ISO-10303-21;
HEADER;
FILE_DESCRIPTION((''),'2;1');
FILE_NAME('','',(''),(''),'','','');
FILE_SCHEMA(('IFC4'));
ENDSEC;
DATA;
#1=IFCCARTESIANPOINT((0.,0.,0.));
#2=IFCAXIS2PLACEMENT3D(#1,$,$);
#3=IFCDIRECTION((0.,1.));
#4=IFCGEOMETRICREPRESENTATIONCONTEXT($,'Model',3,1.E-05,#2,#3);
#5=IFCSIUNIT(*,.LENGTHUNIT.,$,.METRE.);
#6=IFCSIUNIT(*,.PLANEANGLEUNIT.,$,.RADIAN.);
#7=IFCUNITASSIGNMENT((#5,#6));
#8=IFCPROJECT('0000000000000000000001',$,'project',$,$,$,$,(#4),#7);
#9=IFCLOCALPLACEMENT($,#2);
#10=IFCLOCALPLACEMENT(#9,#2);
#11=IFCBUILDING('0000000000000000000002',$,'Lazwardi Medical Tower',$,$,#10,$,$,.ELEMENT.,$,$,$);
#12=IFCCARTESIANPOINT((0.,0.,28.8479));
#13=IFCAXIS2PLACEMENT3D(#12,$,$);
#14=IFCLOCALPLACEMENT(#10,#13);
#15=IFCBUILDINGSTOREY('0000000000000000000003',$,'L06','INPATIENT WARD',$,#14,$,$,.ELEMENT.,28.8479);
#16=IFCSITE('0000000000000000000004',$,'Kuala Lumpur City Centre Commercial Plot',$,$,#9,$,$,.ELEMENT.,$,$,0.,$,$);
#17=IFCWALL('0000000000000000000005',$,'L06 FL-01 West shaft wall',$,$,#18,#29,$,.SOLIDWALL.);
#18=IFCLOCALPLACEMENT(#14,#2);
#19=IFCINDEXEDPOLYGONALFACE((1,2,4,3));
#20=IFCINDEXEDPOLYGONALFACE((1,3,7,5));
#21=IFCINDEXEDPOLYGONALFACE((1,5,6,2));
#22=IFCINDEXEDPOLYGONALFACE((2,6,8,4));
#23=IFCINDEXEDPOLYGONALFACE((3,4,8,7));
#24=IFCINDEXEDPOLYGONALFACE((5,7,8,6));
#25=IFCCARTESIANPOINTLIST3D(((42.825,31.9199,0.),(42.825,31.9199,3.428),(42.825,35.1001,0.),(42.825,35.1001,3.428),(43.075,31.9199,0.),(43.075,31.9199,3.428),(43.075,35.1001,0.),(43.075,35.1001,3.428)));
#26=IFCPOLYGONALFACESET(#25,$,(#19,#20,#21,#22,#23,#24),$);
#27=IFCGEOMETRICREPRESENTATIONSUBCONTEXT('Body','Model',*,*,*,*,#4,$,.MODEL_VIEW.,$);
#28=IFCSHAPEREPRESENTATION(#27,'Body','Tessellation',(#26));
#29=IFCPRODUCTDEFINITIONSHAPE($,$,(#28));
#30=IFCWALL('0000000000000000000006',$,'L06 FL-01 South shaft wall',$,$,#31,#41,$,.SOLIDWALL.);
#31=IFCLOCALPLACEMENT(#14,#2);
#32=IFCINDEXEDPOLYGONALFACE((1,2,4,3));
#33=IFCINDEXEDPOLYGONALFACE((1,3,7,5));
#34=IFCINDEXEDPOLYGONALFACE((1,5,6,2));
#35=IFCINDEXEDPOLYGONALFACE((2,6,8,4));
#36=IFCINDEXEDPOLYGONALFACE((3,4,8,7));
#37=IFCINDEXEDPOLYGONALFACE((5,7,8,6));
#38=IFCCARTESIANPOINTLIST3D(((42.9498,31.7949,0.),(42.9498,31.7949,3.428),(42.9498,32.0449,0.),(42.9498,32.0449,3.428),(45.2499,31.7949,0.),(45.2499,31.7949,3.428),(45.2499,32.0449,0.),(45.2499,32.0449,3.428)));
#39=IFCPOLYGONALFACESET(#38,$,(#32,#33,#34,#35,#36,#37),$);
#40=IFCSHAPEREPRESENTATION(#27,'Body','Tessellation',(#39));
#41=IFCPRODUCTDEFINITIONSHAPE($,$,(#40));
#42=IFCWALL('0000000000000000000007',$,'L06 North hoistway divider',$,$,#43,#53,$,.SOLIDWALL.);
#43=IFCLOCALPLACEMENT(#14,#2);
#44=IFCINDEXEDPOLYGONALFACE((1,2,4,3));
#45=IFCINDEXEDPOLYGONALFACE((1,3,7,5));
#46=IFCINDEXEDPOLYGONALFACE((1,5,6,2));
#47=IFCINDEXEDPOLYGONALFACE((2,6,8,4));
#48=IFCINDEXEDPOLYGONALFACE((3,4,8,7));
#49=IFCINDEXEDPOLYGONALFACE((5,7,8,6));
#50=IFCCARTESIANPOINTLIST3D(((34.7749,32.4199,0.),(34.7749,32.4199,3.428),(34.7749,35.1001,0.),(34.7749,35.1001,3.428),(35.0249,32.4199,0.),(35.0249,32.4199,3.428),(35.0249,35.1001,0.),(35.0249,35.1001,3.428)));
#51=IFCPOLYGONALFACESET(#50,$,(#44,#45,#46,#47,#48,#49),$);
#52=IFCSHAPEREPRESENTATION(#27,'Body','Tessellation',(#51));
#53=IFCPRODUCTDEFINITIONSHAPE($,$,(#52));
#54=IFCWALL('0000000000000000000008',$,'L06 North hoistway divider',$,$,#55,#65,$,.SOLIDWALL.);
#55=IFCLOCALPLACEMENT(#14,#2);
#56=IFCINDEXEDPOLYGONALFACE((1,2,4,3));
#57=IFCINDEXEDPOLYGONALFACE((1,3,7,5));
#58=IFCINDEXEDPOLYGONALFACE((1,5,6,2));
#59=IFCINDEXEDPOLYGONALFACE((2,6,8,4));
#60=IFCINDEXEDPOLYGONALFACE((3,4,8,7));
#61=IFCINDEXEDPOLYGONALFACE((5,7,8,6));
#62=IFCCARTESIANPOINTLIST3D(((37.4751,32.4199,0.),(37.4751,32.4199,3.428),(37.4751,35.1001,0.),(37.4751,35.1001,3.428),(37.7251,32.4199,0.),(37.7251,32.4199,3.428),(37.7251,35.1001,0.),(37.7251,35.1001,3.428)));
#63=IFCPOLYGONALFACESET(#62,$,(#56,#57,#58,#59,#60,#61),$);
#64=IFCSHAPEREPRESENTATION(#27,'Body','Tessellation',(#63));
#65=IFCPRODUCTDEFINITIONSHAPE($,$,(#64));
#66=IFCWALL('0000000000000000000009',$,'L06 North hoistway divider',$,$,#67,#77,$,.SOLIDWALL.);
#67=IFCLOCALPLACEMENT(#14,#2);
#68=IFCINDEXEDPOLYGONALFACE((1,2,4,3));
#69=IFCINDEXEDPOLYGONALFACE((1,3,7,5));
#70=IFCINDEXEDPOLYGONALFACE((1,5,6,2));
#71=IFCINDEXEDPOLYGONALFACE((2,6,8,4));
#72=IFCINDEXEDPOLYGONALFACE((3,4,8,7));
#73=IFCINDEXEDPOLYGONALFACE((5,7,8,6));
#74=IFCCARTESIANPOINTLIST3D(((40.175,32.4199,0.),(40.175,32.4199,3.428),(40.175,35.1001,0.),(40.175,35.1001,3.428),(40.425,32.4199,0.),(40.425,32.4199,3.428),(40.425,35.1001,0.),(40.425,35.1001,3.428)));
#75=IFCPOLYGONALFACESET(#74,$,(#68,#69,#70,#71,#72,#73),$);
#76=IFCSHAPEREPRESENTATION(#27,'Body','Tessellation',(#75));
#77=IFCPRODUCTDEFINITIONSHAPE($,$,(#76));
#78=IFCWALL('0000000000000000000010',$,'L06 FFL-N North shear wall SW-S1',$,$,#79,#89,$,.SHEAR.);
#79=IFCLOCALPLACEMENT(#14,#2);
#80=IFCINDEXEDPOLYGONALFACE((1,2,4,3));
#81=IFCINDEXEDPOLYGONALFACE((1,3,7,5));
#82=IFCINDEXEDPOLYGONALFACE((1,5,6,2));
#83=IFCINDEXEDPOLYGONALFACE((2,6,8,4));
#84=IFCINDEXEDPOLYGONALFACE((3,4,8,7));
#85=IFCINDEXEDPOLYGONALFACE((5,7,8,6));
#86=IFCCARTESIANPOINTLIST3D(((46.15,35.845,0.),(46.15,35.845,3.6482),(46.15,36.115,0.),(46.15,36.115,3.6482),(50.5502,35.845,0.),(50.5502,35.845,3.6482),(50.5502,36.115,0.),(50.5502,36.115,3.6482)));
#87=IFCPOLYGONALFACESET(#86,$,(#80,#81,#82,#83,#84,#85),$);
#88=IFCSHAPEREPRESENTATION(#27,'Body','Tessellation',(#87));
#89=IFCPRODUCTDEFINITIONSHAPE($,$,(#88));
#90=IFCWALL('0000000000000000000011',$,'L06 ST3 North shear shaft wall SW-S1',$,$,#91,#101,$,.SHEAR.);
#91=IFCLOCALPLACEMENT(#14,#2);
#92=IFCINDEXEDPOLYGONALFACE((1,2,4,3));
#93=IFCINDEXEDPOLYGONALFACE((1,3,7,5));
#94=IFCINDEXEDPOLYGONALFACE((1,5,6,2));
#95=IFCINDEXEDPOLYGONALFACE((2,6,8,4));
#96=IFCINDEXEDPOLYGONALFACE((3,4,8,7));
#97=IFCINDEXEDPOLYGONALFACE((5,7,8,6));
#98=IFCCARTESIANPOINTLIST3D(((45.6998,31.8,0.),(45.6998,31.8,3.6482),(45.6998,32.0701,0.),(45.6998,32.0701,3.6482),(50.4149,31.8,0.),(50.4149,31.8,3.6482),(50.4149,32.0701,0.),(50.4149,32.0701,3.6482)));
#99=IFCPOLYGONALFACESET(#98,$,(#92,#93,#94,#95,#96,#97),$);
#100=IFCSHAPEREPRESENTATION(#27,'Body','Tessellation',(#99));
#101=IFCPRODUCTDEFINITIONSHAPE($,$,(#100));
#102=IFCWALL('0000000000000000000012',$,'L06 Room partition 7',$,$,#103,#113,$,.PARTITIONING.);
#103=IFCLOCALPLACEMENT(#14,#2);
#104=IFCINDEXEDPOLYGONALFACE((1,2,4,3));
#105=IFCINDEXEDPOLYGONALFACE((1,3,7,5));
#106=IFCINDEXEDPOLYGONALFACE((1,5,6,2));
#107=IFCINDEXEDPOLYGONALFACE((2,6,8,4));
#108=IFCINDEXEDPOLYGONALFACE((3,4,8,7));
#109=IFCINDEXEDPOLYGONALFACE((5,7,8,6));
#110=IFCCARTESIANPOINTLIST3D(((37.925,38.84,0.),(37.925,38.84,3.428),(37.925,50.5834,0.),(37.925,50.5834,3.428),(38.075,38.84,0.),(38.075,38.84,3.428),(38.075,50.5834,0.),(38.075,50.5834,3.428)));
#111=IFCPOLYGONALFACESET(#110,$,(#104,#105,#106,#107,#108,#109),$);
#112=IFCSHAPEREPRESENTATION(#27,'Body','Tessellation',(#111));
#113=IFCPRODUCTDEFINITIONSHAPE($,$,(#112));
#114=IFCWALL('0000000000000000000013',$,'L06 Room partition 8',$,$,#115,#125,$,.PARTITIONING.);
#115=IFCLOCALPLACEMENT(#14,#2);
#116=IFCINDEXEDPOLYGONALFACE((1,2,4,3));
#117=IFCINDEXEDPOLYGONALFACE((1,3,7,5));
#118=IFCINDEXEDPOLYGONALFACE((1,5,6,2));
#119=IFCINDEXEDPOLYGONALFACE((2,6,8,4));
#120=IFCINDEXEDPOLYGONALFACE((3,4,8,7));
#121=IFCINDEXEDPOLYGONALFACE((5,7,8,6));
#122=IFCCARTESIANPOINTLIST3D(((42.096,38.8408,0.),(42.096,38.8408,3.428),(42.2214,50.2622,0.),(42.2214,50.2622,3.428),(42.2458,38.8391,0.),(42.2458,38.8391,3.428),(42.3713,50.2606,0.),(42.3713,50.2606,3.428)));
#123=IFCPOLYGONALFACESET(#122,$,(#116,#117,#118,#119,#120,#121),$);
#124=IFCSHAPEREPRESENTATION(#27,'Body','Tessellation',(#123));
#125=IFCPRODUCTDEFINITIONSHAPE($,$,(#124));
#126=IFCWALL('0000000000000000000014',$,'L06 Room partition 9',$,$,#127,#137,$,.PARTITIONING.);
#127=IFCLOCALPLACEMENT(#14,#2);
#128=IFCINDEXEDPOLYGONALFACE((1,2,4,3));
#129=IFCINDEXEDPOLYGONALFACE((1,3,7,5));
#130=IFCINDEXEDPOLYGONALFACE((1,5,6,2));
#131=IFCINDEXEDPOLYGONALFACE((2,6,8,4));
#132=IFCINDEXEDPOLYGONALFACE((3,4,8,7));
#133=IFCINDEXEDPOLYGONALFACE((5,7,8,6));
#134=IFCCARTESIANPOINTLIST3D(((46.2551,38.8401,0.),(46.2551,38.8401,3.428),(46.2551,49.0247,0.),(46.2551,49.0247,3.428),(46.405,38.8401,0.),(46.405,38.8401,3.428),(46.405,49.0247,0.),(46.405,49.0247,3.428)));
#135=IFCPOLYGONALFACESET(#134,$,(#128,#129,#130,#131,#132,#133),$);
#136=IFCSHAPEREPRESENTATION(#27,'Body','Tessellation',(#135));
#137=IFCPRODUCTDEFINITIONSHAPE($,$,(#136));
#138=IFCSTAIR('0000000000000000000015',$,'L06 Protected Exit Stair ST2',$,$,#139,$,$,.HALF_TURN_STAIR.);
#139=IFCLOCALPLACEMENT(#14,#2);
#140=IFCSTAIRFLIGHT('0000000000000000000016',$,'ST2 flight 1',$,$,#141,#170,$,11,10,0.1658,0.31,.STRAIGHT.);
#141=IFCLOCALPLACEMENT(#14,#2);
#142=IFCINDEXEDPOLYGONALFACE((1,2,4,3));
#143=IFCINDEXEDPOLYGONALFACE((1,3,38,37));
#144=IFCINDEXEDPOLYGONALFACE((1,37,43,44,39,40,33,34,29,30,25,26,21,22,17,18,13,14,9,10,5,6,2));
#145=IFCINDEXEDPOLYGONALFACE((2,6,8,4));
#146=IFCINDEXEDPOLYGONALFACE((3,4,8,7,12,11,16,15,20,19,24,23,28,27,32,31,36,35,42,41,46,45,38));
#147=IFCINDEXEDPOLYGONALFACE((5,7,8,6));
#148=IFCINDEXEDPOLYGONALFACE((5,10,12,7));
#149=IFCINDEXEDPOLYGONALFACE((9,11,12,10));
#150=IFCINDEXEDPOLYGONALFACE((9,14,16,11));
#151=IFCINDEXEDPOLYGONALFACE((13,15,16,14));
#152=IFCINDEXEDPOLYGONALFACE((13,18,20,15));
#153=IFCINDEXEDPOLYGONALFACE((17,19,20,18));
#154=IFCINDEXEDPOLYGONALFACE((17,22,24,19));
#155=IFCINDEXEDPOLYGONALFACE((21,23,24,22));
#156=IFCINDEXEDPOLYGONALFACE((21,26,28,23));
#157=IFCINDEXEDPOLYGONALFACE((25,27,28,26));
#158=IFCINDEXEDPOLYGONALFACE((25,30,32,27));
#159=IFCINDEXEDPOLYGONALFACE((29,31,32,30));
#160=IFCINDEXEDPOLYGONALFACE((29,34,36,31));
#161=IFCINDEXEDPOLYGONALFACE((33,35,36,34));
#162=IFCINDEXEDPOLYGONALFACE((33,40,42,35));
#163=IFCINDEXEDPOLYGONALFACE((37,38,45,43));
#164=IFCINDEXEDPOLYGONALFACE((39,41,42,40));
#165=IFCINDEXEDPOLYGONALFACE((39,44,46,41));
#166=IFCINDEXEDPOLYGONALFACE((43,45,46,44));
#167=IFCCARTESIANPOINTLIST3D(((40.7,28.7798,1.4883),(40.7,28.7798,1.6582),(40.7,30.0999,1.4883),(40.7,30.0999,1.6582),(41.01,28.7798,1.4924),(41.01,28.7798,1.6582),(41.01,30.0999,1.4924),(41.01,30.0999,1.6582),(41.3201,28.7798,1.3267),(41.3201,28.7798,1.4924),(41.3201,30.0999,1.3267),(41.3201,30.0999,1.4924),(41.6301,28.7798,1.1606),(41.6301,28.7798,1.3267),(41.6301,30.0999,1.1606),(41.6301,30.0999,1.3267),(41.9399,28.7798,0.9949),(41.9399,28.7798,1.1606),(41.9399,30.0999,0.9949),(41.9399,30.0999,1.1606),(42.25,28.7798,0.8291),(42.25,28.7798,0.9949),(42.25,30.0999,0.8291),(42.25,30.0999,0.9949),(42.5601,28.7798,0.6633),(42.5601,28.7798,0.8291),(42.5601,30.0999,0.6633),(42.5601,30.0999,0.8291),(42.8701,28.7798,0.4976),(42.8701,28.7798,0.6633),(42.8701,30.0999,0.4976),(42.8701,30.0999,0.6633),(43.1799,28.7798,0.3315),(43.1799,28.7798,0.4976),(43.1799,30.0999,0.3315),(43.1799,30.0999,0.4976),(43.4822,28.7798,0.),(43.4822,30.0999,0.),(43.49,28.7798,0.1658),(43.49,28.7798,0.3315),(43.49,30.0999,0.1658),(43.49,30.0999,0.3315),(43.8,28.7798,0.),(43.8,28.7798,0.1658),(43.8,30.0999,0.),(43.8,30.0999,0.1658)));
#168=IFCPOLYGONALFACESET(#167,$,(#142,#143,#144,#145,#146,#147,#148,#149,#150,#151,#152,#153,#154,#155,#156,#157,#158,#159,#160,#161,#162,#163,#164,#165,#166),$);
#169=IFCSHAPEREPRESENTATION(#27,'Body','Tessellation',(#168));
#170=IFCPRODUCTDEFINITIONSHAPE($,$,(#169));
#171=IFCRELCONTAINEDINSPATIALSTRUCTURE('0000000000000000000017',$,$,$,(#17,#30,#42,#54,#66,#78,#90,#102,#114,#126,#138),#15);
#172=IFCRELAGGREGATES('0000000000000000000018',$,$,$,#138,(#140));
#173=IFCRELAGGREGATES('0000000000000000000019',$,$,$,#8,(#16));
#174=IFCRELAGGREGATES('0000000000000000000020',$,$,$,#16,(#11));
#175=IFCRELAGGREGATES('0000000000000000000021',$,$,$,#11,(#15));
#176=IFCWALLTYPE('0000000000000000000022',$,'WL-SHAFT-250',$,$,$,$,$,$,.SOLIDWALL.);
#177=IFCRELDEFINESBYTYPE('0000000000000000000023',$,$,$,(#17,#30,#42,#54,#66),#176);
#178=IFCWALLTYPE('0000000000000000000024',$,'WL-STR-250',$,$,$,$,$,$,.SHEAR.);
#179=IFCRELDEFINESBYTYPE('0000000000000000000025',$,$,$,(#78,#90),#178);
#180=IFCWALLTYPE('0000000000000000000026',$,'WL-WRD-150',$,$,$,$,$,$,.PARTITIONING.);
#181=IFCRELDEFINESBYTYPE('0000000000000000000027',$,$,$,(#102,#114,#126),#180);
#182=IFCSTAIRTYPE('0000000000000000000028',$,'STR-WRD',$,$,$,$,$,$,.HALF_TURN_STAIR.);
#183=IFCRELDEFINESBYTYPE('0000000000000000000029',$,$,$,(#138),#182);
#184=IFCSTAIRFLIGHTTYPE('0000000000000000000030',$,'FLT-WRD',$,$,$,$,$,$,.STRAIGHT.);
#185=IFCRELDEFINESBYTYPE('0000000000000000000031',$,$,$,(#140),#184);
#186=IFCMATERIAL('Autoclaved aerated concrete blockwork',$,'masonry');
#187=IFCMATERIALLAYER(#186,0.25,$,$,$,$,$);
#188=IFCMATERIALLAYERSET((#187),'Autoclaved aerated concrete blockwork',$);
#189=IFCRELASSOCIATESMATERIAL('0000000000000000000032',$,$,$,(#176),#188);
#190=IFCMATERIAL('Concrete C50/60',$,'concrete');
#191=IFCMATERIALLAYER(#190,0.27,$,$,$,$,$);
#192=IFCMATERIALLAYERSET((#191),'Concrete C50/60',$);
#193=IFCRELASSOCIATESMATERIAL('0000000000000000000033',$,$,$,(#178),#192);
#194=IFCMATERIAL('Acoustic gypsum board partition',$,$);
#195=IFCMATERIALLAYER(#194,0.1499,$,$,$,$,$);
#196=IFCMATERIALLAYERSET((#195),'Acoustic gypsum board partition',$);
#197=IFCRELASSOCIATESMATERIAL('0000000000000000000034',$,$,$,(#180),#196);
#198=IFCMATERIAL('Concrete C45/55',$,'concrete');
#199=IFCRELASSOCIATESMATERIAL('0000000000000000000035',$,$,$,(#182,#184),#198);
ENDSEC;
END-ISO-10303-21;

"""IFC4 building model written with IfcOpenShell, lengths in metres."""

from ifc_helpers import new_model, si_unit, direction, frame, frame_2d, origin, place, context, subcontext, project, spatial, polyline, rectangle, outline, extrude, material, layer, layer_set, type_object, element, aggregate, save


model = new_model("IFC4")

# Units and contexts
model_context = context("Model", 3, precision=1e-05, world=origin(), true_north=direction((0.0, 1.0)))
body_context = subcontext(model_context, "Body", "Model", "MODEL_VIEW")
ifc_project = project(units=[si_unit("LENGTHUNIT", "METRE"), si_unit("PLANEANGLEUNIT", "RADIAN")], contexts=[model_context])

# Site, building, storey
site_placement = place(None, origin())
site = spatial("IfcSite", under=ifc_project, at=site_placement, Name="Kuala Lumpur City Centre Commercial Plot", CompositionType="ELEMENT", RefElevation=0.0)
building_placement = place(site_placement, origin())
building = spatial("IfcBuilding", under=site, at=building_placement, Name="Lazwardi Medical Tower", CompositionType="ELEMENT")
storey_placement = place(building_placement, frame((0.0, 0.0, 28.8479)))
storey = spatial("IfcBuildingStorey", under=building, at=storey_placement, Name="L06", Description="INPATIENT WARD", CompositionType="ELEMENT", Elevation=28.8479)

# Walls
ifc_material_1 = material(Name="Autoclaved aerated concrete blockwork", Category="masonry")
ifc_layer_1 = layer(ifc_material_1, 0.25)
ifc_layer_set_1 = layer_set([ifc_layer_1], Name="Autoclaved aerated concrete blockwork")
wall_type_1 = type_object("IfcWallType", Name="WL-SHAFT-250", PredefinedType="SOLIDWALL", material=ifc_layer_set_1)
wall_1_placement = place(storey_placement, frame((42.95, 31.9199, 0.0), z_axis=(0.0, 0.0, 1.0), x_axis=(0.0, 1.0, 0.0)))
element("IfcWall", 1, at=wall_1_placement, inside=storey, type_object=wall_type_1, Name="L06 FL-01 West shaft wall", PredefinedType="SOLIDWALL", context=body_context, shape_type="SweptSolid", body=[
    extrude(rectangle(XDim=3.1802, YDim=0.25, at=frame_2d((1.5901, 0.0))), origin(), (0.0, 0.0, 1.0), 3.428),
])
wall_2_placement = place(storey_placement, frame((42.95, 31.9199, 0.0), z_axis=(0.0, 0.0, 1.0), x_axis=(1.0, 0.0, 0.0)))
element("IfcWall", 2, at=wall_2_placement, inside=storey, type_object=wall_type_1, Name="L06 FL-01 South shaft wall", PredefinedType="SOLIDWALL", context=body_context, shape_type="SweptSolid", body=[
    extrude(rectangle(XDim=2.3, YDim=0.25, at=frame_2d((1.1499, 0.0))), origin(), (0.0, 0.0, 1.0), 3.428),
])
for number, where, z_axis, x_axis, name in (
    (3, (34.8999, 32.4199, 0.0), (0.0, 0.0, 1.0), (0.0, 1.0, 0.0), "L06 North hoistway divider"),
    (4, (37.6001, 32.4199, 0.0), (0.0, 0.0, 1.0), (0.0, 1.0, 0.0), "L06 North hoistway divider"),
    (5, (40.3, 32.4199, 0.0), (0.0, 0.0, 1.0), (0.0, 1.0, 0.0), "L06 North hoistway divider"),
):
    element("IfcWall", number, at=place(storey_placement, frame(where, z_axis=z_axis, x_axis=x_axis)), inside=storey, type_object=wall_type_1, Name=name, PredefinedType="SOLIDWALL", context=body_context, shape_type="SweptSolid", body=[
        extrude(rectangle(XDim=2.6802, YDim=0.25, at=frame_2d((1.3401, 0.0))), origin(), (0.0, 0.0, 1.0), 3.428),
    ])

# Shared definitions
ifc_material_2 = material(Name="Concrete C50/60", Category="concrete")
ifc_layer_2 = layer(ifc_material_2, 0.27)
ifc_layer_set_2 = layer_set([ifc_layer_2], Name="Concrete C50/60")
wall_type_2 = type_object("IfcWallType", Name="WL-STR-250", PredefinedType="SHEAR", material=ifc_layer_set_2)

# Walls
wall_3_placement = place(storey_placement, frame((46.1499, 35.98, 0.0), z_axis=(0.0, 0.0, 1.0), x_axis=(1.0, 0.0, 0.0)))
element("IfcWall", 6, at=wall_3_placement, inside=storey, type_object=wall_type_2, Name="L06 FFL-N North shear wall SW-S1", PredefinedType="SHEAR", context=body_context, shape_type="SweptSolid", body=[
    extrude(rectangle(XDim=4.4001, YDim=0.27, at=frame_2d((2.2002, 0.0))), origin(), (0.0, 0.0, 1.0), 3.6482),
])
wall_4_placement = place(storey_placement, frame((45.7, 31.9351, 0.0), z_axis=(0.0, 0.0, 1.0), x_axis=(1.0, 0.0, 0.0)))
element("IfcWall", 7, at=wall_4_placement, inside=storey, type_object=wall_type_2, Name="L06 ST3 North shear shaft wall SW-S1", PredefinedType="SHEAR", context=body_context, shape_type="SweptSolid", body=[
    extrude(rectangle(XDim=4.7151, YDim=0.27, at=frame_2d((2.3574, 0.0))), origin(), (0.0, 0.0, 1.0), 3.6482),
])
ifc_material_3 = material(Name="Acoustic gypsum board partition")
ifc_layer_3 = layer(ifc_material_3, 0.1499)
ifc_layer_set_3 = layer_set([ifc_layer_3], Name="Acoustic gypsum board partition")
wall_type_3 = type_object("IfcWallType", Name="WL-WRD-150", PredefinedType="PARTITIONING", material=ifc_layer_set_3)
wall_5_placement = place(storey_placement, frame((38.0, 38.8401, 0.0), z_axis=(0.0, 0.0, 1.0), x_axis=(0.0, 1.0, 0.0)))
element("IfcWall", 8, at=wall_5_placement, inside=storey, type_object=wall_type_3, Name="L06 Room partition 7", PredefinedType="PARTITIONING", context=body_context, shape_type="SweptSolid", body=[
    extrude(rectangle(XDim=11.7434, YDim=0.1499, at=frame_2d((5.8716, 0.0))), origin(), (0.0, 0.0, 1.0), 3.428),
])
wall_6_placement = place(storey_placement, frame((42.1709, 38.8401, 0.0), z_axis=(0.0, 0.0, 1.0), x_axis=(0.010986, 0.99994, 0.0)))
element("IfcWall", 9, at=wall_6_placement, inside=storey, type_object=wall_type_3, Name="L06 Room partition 8", PredefinedType="PARTITIONING", context=body_context, shape_type="SweptSolid", body=[
    extrude(rectangle(XDim=11.4221, YDim=0.1499, at=frame_2d((5.7109, 0.0))), origin(), (0.0, 0.0, 1.0), 3.428),
])
wall_7_placement = place(storey_placement, frame((46.3301, 38.8401, 0.0), z_axis=(0.0, 0.0, 1.0), x_axis=(0.0, 1.0, 0.0)))
element("IfcWall", 10, at=wall_7_placement, inside=storey, type_object=wall_type_3, Name="L06 Room partition 9", PredefinedType="PARTITIONING", context=body_context, shape_type="SweptSolid", body=[
    extrude(rectangle(XDim=10.1846, YDim=0.1499, at=frame_2d((5.0923, 0.0))), origin(), (0.0, 0.0, 1.0), 3.428),
])

# Stair, stair flight
ifc_material_4 = material(Name="Concrete C45/55", Category="concrete")
stair_type = type_object("IfcStairType", Name="STR-WRD", PredefinedType="HALF_TURN_STAIR", material=ifc_material_4)
stair_1_placement = place(storey_placement, origin())
stair_1 = element("IfcStair", 11, at=stair_1_placement, inside=storey, type_object=stair_type, Name="L06 Protected Exit Stair ST2", PredefinedType="HALF_TURN_STAIR")
stair_flight_type = type_object("IfcStairFlightType", Name="FLT-WRD", PredefinedType="STRAIGHT", material=ifc_material_4)
stair_flight_1_placement = place(storey_placement, frame((43.8, 29.4399, 0.0), z_axis=(0.0, 0.0, 1.0), x_axis=(-1.0, 0.0, 0.0)))
stair_flight_1 = element("IfcStairFlight", 12, at=stair_flight_1_placement, type_object=stair_flight_type, Name="ST2 flight 1", NumberOfRisers=11, NumberOfTreads=10, PredefinedType="STRAIGHT", RiserHeight=0.1658, TreadLength=0.31, context=body_context, shape_type="SweptSolid", body=[
    extrude(outline(polyline([(0.0, 0.0), (0.0, 0.1658), (0.3101, 0.1658), (0.3101, 0.3315), (0.6201, 0.3315), (0.6201, 0.4976), (0.9299, 0.4976), (0.9299, 0.6633), (1.24, 0.6633), (1.24, 0.8291), (1.55, 0.8291), (1.55, 0.9949), (1.8601, 0.9949), (1.8601, 1.1606), (2.1699, 1.1606), (2.1699, 1.3267), (2.48, 1.3267), (2.48, 1.4924), (2.79, 1.4924), (2.79, 1.6582), (3.1001, 1.6582), (3.1001, 1.824), (3.1001, 1.4883), (0.3179, 0.0), (0.0, 0.0)])), frame((0.0, 0.6602, 0.0), z_axis=(0.0, -1.0, 0.0), x_axis=(1.0, 0.0, 0.0)), (0.0, 0.0, 1.0), 1.3201),
])
aggregate(stair_1, [stair_flight_1])

save(model, "model.ifc")
